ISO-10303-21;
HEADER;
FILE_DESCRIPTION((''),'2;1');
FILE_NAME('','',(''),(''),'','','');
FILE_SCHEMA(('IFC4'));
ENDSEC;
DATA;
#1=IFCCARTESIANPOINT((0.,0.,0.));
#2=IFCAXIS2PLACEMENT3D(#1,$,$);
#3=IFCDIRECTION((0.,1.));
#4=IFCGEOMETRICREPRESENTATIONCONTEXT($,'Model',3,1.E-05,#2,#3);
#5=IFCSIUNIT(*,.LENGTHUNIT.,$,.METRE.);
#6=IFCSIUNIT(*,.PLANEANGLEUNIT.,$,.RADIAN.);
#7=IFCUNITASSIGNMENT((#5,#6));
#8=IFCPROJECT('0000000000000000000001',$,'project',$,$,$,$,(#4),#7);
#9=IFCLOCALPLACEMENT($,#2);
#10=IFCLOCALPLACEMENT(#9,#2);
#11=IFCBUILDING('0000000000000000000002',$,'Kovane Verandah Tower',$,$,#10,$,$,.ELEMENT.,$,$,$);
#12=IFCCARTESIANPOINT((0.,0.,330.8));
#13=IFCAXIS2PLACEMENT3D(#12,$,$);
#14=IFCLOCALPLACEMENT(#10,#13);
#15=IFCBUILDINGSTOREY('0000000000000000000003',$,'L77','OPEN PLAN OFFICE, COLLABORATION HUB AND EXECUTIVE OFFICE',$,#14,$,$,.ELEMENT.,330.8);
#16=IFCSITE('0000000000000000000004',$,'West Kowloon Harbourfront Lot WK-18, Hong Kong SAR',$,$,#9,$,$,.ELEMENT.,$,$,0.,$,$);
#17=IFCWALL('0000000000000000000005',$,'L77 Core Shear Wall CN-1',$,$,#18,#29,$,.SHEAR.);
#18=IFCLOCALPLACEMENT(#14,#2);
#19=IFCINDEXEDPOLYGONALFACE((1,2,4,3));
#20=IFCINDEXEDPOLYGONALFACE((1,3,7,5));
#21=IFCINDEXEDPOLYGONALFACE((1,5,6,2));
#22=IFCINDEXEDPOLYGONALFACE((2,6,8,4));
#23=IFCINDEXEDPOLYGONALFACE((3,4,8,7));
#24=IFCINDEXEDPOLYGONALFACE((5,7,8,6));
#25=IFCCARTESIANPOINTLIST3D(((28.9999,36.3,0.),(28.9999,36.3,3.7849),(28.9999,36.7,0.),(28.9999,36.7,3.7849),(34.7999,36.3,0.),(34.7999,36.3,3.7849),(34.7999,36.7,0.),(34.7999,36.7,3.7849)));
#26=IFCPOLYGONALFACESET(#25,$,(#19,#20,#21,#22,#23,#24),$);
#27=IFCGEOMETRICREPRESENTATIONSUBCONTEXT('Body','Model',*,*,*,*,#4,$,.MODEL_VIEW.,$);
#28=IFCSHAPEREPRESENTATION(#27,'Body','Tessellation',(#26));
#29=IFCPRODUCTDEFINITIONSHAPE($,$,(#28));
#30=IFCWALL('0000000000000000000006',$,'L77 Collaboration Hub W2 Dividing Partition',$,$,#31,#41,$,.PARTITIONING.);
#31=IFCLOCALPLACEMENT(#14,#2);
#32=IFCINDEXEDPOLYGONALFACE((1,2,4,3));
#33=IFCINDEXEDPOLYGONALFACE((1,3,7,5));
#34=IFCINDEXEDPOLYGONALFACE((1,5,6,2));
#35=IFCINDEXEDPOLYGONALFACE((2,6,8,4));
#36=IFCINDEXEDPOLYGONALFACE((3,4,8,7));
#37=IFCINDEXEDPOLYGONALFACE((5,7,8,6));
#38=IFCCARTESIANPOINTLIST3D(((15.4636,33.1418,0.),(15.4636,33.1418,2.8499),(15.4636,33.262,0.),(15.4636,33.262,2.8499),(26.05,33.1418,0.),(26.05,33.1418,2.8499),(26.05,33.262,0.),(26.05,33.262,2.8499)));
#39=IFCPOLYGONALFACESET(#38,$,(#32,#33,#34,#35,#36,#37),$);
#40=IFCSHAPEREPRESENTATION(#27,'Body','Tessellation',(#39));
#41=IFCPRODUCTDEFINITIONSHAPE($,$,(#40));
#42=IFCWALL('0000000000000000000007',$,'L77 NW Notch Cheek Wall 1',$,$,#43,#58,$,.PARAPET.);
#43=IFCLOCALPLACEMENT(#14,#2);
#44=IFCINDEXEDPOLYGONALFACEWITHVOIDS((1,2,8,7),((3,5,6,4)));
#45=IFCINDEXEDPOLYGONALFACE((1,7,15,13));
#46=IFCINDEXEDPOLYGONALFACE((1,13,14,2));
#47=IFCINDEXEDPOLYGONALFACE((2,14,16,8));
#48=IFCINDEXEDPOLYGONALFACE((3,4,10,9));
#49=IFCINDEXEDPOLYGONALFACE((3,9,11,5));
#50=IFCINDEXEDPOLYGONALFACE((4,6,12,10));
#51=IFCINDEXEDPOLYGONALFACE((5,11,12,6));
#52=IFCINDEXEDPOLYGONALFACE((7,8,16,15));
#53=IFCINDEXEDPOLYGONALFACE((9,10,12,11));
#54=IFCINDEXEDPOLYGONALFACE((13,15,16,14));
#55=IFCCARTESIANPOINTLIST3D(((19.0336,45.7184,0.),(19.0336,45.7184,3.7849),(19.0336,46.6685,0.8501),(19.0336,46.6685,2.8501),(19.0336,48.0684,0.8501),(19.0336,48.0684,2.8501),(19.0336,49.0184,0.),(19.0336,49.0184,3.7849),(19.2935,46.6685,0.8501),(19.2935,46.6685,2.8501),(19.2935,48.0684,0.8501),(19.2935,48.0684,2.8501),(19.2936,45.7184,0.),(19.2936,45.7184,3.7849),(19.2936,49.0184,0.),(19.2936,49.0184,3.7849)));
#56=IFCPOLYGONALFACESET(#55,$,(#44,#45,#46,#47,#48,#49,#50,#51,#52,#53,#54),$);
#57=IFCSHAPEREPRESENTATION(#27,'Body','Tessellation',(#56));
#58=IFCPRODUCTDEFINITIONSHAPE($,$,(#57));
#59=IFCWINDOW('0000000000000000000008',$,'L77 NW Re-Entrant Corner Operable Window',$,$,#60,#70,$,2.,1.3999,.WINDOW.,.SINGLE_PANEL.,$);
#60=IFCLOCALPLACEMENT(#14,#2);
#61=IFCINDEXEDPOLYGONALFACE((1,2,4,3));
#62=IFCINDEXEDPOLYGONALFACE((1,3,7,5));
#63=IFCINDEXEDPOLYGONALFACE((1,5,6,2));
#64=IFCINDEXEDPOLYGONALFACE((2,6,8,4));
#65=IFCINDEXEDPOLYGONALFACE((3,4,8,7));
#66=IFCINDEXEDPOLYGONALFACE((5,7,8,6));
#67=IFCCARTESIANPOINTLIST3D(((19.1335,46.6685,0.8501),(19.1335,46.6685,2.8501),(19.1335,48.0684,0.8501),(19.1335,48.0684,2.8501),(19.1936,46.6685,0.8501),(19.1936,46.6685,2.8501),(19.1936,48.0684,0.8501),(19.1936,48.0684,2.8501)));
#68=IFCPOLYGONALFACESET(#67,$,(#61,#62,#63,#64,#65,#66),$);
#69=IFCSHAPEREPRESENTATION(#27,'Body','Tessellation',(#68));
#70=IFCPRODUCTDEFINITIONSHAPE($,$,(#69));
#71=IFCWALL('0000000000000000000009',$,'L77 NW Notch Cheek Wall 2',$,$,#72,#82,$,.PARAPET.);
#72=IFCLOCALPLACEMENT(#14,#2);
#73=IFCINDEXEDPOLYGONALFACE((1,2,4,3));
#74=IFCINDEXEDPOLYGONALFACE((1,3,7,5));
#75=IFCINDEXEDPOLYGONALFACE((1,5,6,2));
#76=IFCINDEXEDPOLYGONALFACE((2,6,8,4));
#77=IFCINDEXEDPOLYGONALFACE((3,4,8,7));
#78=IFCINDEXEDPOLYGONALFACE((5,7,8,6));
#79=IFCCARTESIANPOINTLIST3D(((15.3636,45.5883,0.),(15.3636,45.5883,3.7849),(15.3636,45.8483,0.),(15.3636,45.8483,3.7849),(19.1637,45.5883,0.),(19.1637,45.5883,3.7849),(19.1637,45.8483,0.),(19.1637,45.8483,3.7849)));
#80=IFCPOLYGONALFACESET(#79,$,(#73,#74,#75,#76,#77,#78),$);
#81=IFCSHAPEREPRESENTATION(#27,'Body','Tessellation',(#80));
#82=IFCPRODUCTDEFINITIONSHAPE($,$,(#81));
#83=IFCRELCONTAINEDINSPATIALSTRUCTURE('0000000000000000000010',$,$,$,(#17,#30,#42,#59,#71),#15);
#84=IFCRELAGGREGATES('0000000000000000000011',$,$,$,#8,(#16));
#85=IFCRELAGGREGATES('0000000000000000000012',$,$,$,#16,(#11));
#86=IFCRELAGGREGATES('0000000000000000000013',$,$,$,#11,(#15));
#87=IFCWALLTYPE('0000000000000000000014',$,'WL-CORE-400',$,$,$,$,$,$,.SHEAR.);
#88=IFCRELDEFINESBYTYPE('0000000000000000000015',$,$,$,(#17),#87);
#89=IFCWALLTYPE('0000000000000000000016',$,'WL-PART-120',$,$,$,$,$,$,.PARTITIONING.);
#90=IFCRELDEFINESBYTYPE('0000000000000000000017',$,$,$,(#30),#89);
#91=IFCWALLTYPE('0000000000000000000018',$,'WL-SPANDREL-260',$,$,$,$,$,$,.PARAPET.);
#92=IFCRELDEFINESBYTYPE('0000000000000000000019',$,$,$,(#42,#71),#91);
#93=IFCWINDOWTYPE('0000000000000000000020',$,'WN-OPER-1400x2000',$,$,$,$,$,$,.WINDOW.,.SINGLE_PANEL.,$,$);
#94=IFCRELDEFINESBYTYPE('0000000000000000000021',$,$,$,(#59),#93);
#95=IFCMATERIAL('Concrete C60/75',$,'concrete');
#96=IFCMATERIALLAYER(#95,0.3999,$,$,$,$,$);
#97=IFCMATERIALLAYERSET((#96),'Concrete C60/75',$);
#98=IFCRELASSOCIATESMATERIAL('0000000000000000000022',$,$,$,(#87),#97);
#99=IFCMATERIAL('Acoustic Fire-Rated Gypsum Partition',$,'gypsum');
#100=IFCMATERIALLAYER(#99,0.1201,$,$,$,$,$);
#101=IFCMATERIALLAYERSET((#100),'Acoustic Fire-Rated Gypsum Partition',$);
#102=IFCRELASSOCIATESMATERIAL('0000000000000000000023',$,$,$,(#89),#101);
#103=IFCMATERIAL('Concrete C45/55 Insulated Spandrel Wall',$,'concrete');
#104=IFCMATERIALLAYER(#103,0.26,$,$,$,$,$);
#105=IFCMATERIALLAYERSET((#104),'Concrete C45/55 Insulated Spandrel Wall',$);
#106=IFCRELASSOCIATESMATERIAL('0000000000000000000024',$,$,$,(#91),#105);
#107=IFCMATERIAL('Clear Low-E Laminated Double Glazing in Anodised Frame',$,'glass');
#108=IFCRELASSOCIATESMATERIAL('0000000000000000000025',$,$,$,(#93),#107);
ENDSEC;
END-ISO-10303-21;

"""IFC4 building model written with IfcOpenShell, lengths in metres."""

from ifc_helpers import new_model, si_unit, direction, frame, frame_2d, origin, place, context, subcontext, project, spatial, rectangle, extrude, material, layer, layer_set, type_object, element, fill, save


model = new_model("IFC4")

# Units and contexts
model_context = context("Model", 3, precision=1e-05, world=origin(), true_north=direction((0.0, 1.0)))
body_context = subcontext(model_context, "Body", "Model", "MODEL_VIEW")
ifc_project = project(units=[si_unit("LENGTHUNIT", "METRE"), si_unit("PLANEANGLEUNIT", "RADIAN")], contexts=[model_context])

# Site, building, storey
site_placement = place(None, origin())
site = spatial("IfcSite", under=ifc_project, at=site_placement, Name="West Kowloon Harbourfront Lot WK-18, Hong Kong SAR", CompositionType="ELEMENT", RefElevation=0.0)
building_placement = place(site_placement, origin())
building = spatial("IfcBuilding", under=site, at=building_placement, Name="Kovane Verandah Tower", CompositionType="ELEMENT")
storey_placement = place(building_placement, frame((0.0, 0.0, 330.8)))
storey = spatial("IfcBuildingStorey", under=building, at=storey_placement, Name="L77", Description="OPEN PLAN OFFICE, COLLABORATION HUB AND EXECUTIVE OFFICE", CompositionType="ELEMENT", Elevation=330.8)

# Shared definitions
ifc_material_1 = material(Name="Concrete C60/75", Category="concrete")

# Walls
ifc_layer_1 = layer(ifc_material_1, 0.3999)
ifc_layer_set_1 = layer_set([ifc_layer_1], Name="Concrete C60/75")
wall_type_1 = type_object("IfcWallType", Name="WL-CORE-400", PredefinedType="SHEAR", material=ifc_layer_set_1)
wall_1_placement = place(storey_placement, frame((29.0, 36.5, 0.0), z_axis=(0.0, 0.0, 1.0), x_axis=(1.0, 0.0, 0.0)))
element("IfcWall", 1, at=wall_1_placement, inside=storey, type_object=wall_type_1, Name="L77 Core Shear Wall CN-1", PredefinedType="SHEAR", context=body_context, shape_type="SweptSolid", body=[
    extrude(rectangle(XDim=5.8, YDim=0.3999, at=frame_2d((2.8999, 0.0))), origin(), (0.0, 0.0, 1.0), 3.7849),
])
ifc_material_2 = material(Name="Acoustic Fire-Rated Gypsum Partition", Category="gypsum")
ifc_layer_2 = layer(ifc_material_2, 0.1201)
ifc_layer_set_2 = layer_set([ifc_layer_2], Name="Acoustic Fire-Rated Gypsum Partition")
wall_type_2 = type_object("IfcWallType", Name="WL-PART-120", PredefinedType="PARTITIONING", material=ifc_layer_set_2)
wall_2_placement = place(storey_placement, frame((15.4636, 33.2019, 0.0), z_axis=(0.0, 0.0, 1.0), x_axis=(1.0, 0.0, 0.0)))
element("IfcWall", 2, at=wall_2_placement, inside=storey, type_object=wall_type_2, Name="L77 Collaboration Hub W2 Dividing Partition", PredefinedType="PARTITIONING", context=body_context, shape_type="SweptSolid", body=[
    extrude(rectangle(XDim=10.5864, YDim=0.1201, at=frame_2d((5.2932, 0.0))), origin(), (0.0, 0.0, 1.0), 2.8499),
])

# Shared definitions
ifc_material_3 = material(Name="Concrete C45/55 Insulated Spandrel Wall", Category="concrete")
ifc_layer_3 = layer(ifc_material_3, 0.26)
ifc_layer_set_3 = layer_set([ifc_layer_3], Name="Concrete C45/55 Insulated Spandrel Wall")
wall_type_3 = type_object("IfcWallType", Name="WL-SPANDREL-260", PredefinedType="PARAPET", material=ifc_layer_set_3)
ifc_material_4 = material(Name="Clear Low-E Laminated Double Glazing in Anodised Frame", Category="glass")

# Wall, opening, window
wall_3_placement = place(storey_placement, frame((19.1636, 49.0183, 0.0), z_axis=(0.0, 0.0, 1.0), x_axis=(0.0, -1.0, 0.0)))
wall_3 = element("IfcWall", 3, at=wall_3_placement, inside=storey, type_object=wall_type_3, Name="L77 NW Notch Cheek Wall 1", PredefinedType="PARAPET", context=body_context, shape_type="SweptSolid", body=[
    extrude(rectangle(XDim=3.3, YDim=0.26, at=frame_2d((1.6499, 0.0))), origin(), (0.0, 0.0, 1.0), 3.7849),
])
opening_1_placement = place(wall_3_placement, frame((0.95, 0.0, 0.8501)))
opening_1 = element("IfcOpeningElement", 4, at=opening_1_placement, cuts=wall_3, PredefinedType="OPENING", context=body_context, shape_type="SweptSolid", body=[
    extrude(rectangle(XDim=1.3999, YDim=2.0, at=frame_2d((0.7, 1.0))), frame((0.0, 0.1299, 0.0), z_axis=(0.0, -1.0, 0.0), x_axis=(1.0, 0.0, 0.0)), (0.0, 0.0, 1.0), 0.26),
])
window_type_1 = type_object("IfcWindowType", Name="WN-OPER-1400x2000", PartitioningType="SINGLE_PANEL", PredefinedType="WINDOW", material=ifc_material_4)
window_1_placement = place(opening_1_placement, origin())
window_1 = element("IfcWindow", 5, at=window_1_placement, inside=storey, type_object=window_type_1, Name="L77 NW Re-Entrant Corner Operable Window", OverallHeight=2.0, OverallWidth=1.3999, PartitioningType="SINGLE_PANEL", PredefinedType="WINDOW", context=body_context, shape_type="SweptSolid", body=[
    extrude(rectangle(XDim=1.3999, YDim=2.0, at=frame_2d((0.7, 1.0))), frame((0.0, 0.03, 0.0), z_axis=(0.0, -1.0, 0.0), x_axis=(1.0, 0.0, 0.0)), (0.0, 0.0, 1.0), 0.0601),
])
fill(opening_1, window_1)

# Wall
wall_4_placement = place(storey_placement, frame((19.1636, 45.7183, 0.0), z_axis=(0.0, 0.0, 1.0), x_axis=(-1.0, 0.0, 0.0)))
element("IfcWall", 6, at=wall_4_placement, inside=storey, type_object=wall_type_3, Name="L77 NW Notch Cheek Wall 2", PredefinedType="PARAPET", context=body_context, shape_type="SweptSolid", body=[
    extrude(rectangle(XDim=3.8, YDim=0.26, at=frame_2d((1.8999, 0.0))), origin(), (0.0, 0.0, 1.0), 3.7849),
])

save(model, "model.ifc")
